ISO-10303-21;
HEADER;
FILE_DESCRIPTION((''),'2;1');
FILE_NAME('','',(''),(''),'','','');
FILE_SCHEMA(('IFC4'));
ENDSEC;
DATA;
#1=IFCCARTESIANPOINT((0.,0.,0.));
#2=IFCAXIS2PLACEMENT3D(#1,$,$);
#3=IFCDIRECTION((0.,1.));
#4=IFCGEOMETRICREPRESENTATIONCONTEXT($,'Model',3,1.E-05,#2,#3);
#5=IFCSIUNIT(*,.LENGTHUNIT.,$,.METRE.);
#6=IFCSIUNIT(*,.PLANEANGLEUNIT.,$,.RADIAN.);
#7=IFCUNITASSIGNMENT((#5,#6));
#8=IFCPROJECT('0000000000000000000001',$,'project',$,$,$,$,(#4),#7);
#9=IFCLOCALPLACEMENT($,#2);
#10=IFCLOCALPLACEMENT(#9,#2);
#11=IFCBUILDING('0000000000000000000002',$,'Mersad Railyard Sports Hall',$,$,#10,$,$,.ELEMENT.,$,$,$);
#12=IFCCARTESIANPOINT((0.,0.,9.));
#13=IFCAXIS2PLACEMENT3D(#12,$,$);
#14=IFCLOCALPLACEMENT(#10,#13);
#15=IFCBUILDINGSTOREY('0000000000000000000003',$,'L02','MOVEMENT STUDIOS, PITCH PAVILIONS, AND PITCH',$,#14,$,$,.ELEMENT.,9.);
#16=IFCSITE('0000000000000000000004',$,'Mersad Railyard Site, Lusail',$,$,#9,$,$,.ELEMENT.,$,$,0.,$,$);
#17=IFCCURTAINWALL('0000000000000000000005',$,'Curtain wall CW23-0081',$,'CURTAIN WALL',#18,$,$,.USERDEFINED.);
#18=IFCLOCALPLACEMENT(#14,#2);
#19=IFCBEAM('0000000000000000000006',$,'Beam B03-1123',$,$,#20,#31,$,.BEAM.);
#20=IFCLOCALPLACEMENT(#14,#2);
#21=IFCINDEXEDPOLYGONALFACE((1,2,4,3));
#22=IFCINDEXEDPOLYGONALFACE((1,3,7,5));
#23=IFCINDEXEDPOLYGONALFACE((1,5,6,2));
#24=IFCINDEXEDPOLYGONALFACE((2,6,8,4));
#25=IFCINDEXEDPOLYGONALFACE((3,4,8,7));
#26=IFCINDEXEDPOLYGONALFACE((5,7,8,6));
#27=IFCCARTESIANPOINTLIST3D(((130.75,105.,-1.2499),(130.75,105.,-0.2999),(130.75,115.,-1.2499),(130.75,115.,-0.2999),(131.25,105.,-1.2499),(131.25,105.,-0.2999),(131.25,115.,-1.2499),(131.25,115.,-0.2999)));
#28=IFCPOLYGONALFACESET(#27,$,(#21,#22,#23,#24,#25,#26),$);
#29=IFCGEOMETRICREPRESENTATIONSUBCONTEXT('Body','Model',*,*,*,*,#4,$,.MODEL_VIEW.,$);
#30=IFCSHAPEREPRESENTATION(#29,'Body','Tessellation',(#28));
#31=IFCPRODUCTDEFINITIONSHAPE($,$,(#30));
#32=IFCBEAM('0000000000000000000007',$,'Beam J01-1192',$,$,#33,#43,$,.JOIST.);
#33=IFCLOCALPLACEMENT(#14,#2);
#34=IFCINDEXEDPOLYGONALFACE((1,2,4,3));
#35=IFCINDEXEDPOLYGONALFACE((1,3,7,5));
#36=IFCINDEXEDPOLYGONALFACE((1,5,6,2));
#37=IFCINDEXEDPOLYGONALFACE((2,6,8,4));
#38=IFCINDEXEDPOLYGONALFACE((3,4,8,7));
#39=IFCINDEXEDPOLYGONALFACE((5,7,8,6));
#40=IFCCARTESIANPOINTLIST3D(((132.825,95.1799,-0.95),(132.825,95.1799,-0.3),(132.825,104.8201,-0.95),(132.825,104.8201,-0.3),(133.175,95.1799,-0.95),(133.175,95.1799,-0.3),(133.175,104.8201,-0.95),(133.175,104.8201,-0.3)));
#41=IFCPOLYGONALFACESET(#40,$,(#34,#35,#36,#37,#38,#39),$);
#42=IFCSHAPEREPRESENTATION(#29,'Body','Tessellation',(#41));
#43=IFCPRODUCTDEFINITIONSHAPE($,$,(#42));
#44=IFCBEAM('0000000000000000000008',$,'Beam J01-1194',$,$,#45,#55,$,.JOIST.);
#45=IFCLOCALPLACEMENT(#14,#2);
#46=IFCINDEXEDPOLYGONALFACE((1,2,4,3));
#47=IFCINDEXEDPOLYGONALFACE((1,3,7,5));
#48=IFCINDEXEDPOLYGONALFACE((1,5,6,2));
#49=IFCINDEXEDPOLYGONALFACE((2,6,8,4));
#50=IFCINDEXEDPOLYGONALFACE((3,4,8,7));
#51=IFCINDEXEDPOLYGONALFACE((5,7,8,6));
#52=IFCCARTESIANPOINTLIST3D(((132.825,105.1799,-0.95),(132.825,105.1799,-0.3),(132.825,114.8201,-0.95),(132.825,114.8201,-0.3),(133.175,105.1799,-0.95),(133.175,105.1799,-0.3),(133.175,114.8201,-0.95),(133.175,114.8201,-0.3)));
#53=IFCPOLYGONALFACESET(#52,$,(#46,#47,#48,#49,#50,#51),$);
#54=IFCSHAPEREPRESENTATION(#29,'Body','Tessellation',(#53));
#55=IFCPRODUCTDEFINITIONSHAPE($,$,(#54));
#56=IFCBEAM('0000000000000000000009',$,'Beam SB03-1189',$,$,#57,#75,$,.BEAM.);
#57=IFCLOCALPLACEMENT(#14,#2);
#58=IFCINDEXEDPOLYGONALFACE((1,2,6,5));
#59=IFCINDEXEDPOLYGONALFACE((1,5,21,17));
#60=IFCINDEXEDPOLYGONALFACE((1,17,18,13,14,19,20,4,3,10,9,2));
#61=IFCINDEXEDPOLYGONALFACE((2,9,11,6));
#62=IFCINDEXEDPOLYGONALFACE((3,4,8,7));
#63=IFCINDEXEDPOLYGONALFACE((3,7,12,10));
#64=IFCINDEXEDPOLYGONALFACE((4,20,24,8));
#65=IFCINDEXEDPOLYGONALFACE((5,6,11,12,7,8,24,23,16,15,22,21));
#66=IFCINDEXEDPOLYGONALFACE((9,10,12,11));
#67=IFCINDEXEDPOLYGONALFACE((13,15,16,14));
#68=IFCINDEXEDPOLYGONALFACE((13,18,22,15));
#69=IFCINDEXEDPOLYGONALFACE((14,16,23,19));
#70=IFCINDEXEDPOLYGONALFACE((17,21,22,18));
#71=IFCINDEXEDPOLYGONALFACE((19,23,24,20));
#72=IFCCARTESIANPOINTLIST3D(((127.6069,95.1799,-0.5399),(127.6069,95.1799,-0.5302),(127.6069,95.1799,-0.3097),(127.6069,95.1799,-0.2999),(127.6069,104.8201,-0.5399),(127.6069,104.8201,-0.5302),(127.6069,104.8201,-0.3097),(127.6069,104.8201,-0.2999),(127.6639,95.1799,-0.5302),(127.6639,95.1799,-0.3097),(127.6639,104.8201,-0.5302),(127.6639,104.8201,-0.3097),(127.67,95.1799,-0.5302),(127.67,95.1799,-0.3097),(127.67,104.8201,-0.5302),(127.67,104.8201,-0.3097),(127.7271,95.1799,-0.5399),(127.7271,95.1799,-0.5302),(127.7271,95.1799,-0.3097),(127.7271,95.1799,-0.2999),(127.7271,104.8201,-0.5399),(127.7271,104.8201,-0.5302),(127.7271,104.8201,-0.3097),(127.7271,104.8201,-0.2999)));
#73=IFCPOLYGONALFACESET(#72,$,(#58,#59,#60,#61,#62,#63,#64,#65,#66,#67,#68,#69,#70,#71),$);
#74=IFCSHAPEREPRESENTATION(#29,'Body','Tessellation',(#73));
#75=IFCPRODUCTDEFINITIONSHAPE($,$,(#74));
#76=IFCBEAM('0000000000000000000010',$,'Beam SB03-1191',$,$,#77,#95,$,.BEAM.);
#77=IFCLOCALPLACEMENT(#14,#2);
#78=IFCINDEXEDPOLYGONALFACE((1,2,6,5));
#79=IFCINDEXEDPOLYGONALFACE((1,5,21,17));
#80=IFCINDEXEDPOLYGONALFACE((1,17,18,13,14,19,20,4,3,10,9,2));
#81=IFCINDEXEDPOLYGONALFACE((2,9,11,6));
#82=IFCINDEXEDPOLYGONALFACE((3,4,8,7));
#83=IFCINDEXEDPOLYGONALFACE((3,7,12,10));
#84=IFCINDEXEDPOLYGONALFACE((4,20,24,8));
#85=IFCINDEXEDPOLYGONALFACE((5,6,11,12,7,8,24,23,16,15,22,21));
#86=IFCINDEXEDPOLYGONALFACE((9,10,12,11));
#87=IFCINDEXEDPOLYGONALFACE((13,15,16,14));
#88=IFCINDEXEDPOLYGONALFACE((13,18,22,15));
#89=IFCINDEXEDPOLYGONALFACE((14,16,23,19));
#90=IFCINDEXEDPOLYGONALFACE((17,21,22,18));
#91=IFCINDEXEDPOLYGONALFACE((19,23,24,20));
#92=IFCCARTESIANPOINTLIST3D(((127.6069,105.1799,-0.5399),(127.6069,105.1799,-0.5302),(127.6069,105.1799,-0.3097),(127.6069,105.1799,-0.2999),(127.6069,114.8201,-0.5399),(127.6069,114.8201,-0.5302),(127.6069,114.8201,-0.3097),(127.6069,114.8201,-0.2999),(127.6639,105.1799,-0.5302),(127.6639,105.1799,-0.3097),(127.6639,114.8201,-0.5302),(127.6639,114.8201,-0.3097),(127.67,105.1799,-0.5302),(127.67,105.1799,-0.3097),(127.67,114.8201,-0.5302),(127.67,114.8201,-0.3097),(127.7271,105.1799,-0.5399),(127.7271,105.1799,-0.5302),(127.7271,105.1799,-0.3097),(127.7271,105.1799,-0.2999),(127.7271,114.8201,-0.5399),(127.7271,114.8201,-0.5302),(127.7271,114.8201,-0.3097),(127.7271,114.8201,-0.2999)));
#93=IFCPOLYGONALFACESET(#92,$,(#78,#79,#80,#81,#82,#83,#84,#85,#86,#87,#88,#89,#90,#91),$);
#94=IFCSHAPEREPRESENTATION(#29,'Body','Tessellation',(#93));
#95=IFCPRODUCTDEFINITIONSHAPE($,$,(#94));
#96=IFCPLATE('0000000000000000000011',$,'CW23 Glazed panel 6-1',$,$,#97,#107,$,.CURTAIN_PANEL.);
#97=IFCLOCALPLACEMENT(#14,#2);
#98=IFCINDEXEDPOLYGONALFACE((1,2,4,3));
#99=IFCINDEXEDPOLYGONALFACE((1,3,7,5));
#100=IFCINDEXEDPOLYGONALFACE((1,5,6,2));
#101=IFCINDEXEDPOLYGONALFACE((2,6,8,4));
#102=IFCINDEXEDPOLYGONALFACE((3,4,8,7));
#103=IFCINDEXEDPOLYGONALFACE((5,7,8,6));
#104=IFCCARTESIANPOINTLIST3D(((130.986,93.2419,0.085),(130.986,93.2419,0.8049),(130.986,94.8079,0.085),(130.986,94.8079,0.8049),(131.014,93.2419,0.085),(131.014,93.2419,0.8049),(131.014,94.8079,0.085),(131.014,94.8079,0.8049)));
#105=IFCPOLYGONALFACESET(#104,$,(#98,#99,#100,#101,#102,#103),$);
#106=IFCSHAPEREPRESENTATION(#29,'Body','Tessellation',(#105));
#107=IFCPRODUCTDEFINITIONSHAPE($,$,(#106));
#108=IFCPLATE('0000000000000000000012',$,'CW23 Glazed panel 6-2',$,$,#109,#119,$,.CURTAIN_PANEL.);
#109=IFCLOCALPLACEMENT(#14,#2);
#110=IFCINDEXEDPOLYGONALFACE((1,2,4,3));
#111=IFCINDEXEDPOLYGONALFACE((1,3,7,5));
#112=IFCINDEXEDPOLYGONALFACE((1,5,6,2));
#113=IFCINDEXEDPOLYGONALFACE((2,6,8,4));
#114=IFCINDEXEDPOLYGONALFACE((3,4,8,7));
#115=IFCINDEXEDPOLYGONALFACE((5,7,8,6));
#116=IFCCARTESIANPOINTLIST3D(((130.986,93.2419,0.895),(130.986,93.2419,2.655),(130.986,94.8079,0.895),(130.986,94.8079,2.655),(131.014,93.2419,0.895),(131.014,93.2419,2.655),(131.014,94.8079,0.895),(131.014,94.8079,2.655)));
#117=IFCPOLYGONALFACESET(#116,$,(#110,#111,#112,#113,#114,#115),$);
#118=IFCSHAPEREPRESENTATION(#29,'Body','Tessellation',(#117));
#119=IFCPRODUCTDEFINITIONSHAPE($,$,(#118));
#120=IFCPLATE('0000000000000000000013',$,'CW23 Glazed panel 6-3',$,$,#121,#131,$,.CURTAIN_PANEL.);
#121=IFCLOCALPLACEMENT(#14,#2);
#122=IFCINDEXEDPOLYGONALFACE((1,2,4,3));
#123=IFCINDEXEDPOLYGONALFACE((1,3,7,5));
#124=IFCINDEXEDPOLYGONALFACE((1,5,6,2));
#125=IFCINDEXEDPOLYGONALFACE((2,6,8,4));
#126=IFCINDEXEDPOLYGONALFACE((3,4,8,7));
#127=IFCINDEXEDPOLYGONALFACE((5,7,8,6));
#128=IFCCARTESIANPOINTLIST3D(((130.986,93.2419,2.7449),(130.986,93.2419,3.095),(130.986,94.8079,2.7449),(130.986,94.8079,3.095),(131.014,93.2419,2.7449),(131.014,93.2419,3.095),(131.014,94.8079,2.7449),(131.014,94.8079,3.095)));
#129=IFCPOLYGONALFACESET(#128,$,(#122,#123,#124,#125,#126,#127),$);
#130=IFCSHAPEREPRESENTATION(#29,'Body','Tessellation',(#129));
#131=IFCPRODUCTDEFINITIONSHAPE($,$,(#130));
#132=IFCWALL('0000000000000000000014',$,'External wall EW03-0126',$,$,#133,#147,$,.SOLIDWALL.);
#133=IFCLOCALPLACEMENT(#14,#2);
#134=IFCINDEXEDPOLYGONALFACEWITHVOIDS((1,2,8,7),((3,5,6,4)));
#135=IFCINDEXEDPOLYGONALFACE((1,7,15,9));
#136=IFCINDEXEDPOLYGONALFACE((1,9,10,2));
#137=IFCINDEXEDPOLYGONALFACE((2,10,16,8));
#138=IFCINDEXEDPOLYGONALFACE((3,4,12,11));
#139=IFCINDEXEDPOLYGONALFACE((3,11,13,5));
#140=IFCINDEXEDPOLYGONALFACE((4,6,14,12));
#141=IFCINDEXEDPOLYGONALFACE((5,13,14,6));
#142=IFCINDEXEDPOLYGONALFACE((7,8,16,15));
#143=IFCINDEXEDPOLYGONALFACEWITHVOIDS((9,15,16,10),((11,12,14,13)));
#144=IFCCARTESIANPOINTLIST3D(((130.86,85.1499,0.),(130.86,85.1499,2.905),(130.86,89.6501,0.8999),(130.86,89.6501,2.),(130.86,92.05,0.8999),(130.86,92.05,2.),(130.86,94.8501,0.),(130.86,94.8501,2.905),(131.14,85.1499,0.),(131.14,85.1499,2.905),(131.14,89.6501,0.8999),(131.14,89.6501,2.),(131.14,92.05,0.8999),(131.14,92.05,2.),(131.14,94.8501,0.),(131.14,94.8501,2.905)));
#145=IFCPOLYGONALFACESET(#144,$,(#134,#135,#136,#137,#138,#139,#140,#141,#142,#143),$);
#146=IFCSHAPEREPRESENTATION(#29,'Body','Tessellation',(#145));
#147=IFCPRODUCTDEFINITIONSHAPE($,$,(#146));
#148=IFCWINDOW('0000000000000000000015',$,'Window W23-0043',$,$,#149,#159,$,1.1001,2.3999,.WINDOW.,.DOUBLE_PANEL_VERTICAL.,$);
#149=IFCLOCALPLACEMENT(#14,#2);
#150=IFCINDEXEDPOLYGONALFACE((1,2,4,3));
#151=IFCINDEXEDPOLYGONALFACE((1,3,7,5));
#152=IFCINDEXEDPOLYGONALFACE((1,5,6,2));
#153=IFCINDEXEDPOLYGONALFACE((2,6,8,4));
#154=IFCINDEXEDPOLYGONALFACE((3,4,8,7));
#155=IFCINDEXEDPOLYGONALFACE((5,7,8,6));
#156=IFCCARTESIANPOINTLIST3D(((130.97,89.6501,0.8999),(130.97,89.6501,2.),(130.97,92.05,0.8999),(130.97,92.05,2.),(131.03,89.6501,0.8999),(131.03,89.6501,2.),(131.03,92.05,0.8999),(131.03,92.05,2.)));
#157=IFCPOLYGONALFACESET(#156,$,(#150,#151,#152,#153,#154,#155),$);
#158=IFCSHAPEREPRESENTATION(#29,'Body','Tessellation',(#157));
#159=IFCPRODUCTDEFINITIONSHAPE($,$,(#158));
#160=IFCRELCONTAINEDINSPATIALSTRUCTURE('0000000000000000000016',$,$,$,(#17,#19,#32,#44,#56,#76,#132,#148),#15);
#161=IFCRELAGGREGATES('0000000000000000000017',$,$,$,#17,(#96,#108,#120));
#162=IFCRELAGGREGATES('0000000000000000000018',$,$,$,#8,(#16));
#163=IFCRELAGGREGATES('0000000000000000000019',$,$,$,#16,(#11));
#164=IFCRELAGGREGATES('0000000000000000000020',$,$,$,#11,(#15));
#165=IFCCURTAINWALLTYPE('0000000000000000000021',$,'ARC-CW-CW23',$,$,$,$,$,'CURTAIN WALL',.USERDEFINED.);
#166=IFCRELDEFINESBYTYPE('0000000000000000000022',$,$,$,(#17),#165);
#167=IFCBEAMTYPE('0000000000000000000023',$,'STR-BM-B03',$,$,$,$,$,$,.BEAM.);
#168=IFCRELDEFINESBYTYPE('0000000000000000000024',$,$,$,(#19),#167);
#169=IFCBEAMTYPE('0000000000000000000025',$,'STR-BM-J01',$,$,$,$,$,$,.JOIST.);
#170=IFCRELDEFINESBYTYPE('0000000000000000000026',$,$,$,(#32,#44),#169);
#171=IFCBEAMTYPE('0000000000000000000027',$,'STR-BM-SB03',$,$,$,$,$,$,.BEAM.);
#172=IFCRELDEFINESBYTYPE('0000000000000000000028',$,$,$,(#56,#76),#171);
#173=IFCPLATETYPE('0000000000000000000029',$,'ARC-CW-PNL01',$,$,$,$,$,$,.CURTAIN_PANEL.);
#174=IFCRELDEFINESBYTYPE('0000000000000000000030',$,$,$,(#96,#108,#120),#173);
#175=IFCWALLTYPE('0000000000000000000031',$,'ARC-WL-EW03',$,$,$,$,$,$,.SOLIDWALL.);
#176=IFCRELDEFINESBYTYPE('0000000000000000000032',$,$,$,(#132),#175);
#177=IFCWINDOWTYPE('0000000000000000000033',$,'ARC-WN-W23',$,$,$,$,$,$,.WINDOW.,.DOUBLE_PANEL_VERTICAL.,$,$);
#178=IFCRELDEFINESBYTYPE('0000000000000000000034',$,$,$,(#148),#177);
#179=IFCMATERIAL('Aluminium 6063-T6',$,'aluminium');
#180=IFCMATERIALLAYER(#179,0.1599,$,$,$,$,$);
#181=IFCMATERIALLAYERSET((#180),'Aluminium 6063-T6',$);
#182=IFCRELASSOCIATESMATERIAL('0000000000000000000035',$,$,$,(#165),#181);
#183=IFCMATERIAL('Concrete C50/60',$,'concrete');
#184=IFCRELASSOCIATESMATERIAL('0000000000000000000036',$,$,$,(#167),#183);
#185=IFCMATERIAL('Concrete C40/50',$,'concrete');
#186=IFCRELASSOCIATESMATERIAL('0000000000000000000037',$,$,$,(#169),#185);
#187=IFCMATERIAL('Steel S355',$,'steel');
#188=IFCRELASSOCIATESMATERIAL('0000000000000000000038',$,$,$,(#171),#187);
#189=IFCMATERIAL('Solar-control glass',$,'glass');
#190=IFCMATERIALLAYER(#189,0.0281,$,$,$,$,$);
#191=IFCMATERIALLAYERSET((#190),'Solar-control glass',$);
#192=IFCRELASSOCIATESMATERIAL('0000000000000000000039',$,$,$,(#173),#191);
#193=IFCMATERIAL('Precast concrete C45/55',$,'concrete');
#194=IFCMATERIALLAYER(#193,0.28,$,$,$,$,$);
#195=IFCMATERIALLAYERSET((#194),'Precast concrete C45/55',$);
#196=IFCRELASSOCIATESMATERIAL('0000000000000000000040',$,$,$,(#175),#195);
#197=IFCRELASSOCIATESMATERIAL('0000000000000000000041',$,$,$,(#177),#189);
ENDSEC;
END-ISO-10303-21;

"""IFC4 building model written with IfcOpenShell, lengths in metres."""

from ifc_helpers import new_model, si_unit, direction, frame, frame_2d, origin, origin_2d, place, context, subcontext, project, spatial, rectangle, i_section, extrude, material, layer, layer_set, material_profile, profile_set, type_object, element, fill, aggregate, save


model = new_model("IFC4")

# Units and contexts
model_context = context("Model", 3, precision=1e-05, world=origin(), true_north=direction((0.0, 1.0)))
body_context = subcontext(model_context, "Body", "Model", "MODEL_VIEW")
ifc_project = project(units=[si_unit("LENGTHUNIT", "METRE"), si_unit("PLANEANGLEUNIT", "RADIAN")], contexts=[model_context])

# Site, building, storey
site_placement = place(None, origin())
site = spatial("IfcSite", under=ifc_project, at=site_placement, Name="Mersad Railyard Site, Lusail", CompositionType="ELEMENT", RefElevation=0.0)
building_placement = place(site_placement, origin())
building = spatial("IfcBuilding", under=site, at=building_placement, Name="Mersad Railyard Sports Hall", CompositionType="ELEMENT")
storey_placement = place(building_placement, frame((0.0, 0.0, 9.0)))
storey = spatial("IfcBuildingStorey", under=building, at=storey_placement, Name="L02", Description="MOVEMENT STUDIOS, PITCH PAVILIONS, AND PITCH", CompositionType="ELEMENT", Elevation=9.0)

# Shared definitions
ifc_material_1 = material(Name="Concrete C50/60", Category="concrete")
ifc_material_2 = material(Name="Steel S355", Category="steel")

# Curtain wall
ifc_material_3 = material(Name="Aluminium 6063-T6", Category="aluminium")
ifc_layer_1 = layer(ifc_material_3, 0.1599)
ifc_layer_set_1 = layer_set([ifc_layer_1], Name="Aluminium 6063-T6")
curtain_wall_type = type_object("IfcCurtainWallType", Name="ARC-CW-CW23", ElementType="CURTAIN WALL", PredefinedType="USERDEFINED", material=ifc_layer_set_1)
curtain_wall_placement = place(storey_placement, origin())
curtain_wall = element("IfcCurtainWall", 1, at=curtain_wall_placement, inside=storey, type_object=curtain_wall_type, Name="Curtain wall CW23-0081", ObjectType="CURTAIN WALL", PredefinedType="USERDEFINED")

# Beams
ifc_material_4 = material(Name="Concrete C40/50", Category="concrete")
ifc_material_profile_1 = material_profile(ifc_material_1, rectangle(XDim=0.5, YDim=0.95, at=origin_2d()), Name="RC 500x950")
ifc_profile_set_1 = profile_set([ifc_material_profile_1], Name="Concrete C50/60")
beam_type_1 = type_object("IfcBeamType", Name="STR-BM-B03", PredefinedType="BEAM", material=ifc_profile_set_1)
for number, where, z_axis, x_axis, name in (
    (2, (131.0, 105.0, -0.7749), (0.0, 1.0, 0.0), (-1.0, 0.0, 0.0), "Beam B03-1123"),
):
    element("IfcBeam", number, at=place(storey_placement, frame(where, z_axis=z_axis, x_axis=x_axis)), inside=storey, type_object=beam_type_1, Name=name, PredefinedType="BEAM", context=body_context, shape_type="SweptSolid", body=[
        extrude(rectangle(XDim=0.5, YDim=0.95, at=origin_2d()), origin(), (0.0, 0.0, 1.0), 10.0),
    ])
ifc_material_profile_2 = material_profile(ifc_material_4, rectangle(XDim=0.3501, YDim=0.6499, at=origin_2d()), Name="RC 350x650")
ifc_profile_set_2 = profile_set([ifc_material_profile_2], Name="Concrete C40/50")
beam_type_2 = type_object("IfcBeamType", Name="STR-BM-J01", PredefinedType="JOIST", material=ifc_profile_set_2)
for number, where, z_axis, x_axis, name in (
    (3, (133.0, 95.1799, -0.625), (0.0, 1.0, 0.0), (-1.0, 0.0, 0.0), "Beam J01-1192"),
    (4, (133.0, 105.1799, -0.625), (0.0, 1.0, 0.0), (-1.0, 0.0, 0.0), "Beam J01-1194"),
):
    element("IfcBeam", number, at=place(storey_placement, frame(where, z_axis=z_axis, x_axis=x_axis)), inside=storey, type_object=beam_type_2, Name=name, PredefinedType="JOIST", context=body_context, shape_type="SweptSolid", body=[
        extrude(rectangle(XDim=0.3501, YDim=0.6499, at=origin_2d()), origin(), (0.0, 0.0, 1.0), 9.6401),
    ])
ifc_material_profile_3 = material_profile(ifc_material_2, i_section(OverallWidth=0.1201, OverallDepth=0.24, WebThickness=0.0061, FlangeThickness=0.0098, at=origin_2d()), Name="IPE 240")
ifc_profile_set_3 = profile_set([ifc_material_profile_3], Name="Steel S355")
beam_type_3 = type_object("IfcBeamType", Name="STR-BM-SB03", PredefinedType="BEAM", material=ifc_profile_set_3)
for number, where, z_axis, x_axis, name in (
    (5, (127.667, 95.1799, -0.4199), (0.0, 1.0, 0.0), (-1.0, 0.0, 0.0), "Beam SB03-1189"),
    (6, (127.667, 105.1799, -0.4199), (0.0, 1.0, 0.0), (-1.0, 0.0, 0.0), "Beam SB03-1191"),
):
    element("IfcBeam", number, at=place(storey_placement, frame(where, z_axis=z_axis, x_axis=x_axis)), inside=storey, type_object=beam_type_3, Name=name, PredefinedType="BEAM", context=body_context, shape_type="SweptSolid", body=[
        extrude(i_section(OverallWidth=0.1201, OverallDepth=0.24, WebThickness=0.0061, FlangeThickness=0.0098, at=origin_2d()), origin(), (0.0, 0.0, 1.0), 9.6401),
    ])

# Plates
ifc_material_5 = material(Name="Solar-control glass", Category="glass")
ifc_layer_2 = layer(ifc_material_5, 0.0281)
ifc_layer_set_2 = layer_set([ifc_layer_2], Name="Solar-control glass")
plate_type = type_object("IfcPlateType", Name="ARC-CW-PNL01", PredefinedType="CURTAIN_PANEL", material=ifc_layer_set_2)
plate_1_placement = place(storey_placement, frame((131.0, 94.0249, 0.085), z_axis=(0.0, 0.0, 1.0), x_axis=(0.0, 1.0, 0.0)))
plate_1 = element("IfcPlate", 7, at=plate_1_placement, type_object=plate_type, Name="CW23 Glazed panel 6-1", PredefinedType="CURTAIN_PANEL", context=body_context, shape_type="SweptSolid", body=[
    extrude(rectangle(XDim=1.5659, YDim=0.0281, at=origin_2d()), origin(), (0.0, 0.0, 1.0), 0.72),
])
plate_2_placement = place(storey_placement, frame((131.0, 94.0249, 0.895), z_axis=(0.0, 0.0, 1.0), x_axis=(0.0, 1.0, 0.0)))
plate_2 = element("IfcPlate", 8, at=plate_2_placement, type_object=plate_type, Name="CW23 Glazed panel 6-2", PredefinedType="CURTAIN_PANEL", context=body_context, shape_type="SweptSolid", body=[
    extrude(rectangle(XDim=1.5659, YDim=0.0281, at=origin_2d()), origin(), (0.0, 0.0, 1.0), 1.76),
])
plate_3_placement = place(storey_placement, frame((131.0, 94.0249, 2.7449), z_axis=(0.0, 0.0, 1.0), x_axis=(0.0, 1.0, 0.0)))
plate_3 = element("IfcPlate", 9, at=plate_3_placement, type_object=plate_type, Name="CW23 Glazed panel 6-3", PredefinedType="CURTAIN_PANEL", context=body_context, shape_type="SweptSolid", body=[
    extrude(rectangle(XDim=1.5659, YDim=0.0281, at=origin_2d()), origin(), (0.0, 0.0, 1.0), 0.3501),
])
aggregate(curtain_wall, [plate_1, plate_2, plate_3])

# Wall, opening, window
ifc_material_6 = material(Name="Precast concrete C45/55", Category="concrete")
ifc_layer_3 = layer(ifc_material_6, 0.28)
ifc_layer_set_3 = layer_set([ifc_layer_3], Name="Precast concrete C45/55")
wall_type = type_object("IfcWallType", Name="ARC-WL-EW03", PredefinedType="SOLIDWALL", material=ifc_layer_set_3)
wall_1_placement = place(storey_placement, frame((131.0, 94.8501, 0.0), z_axis=(0.0, 0.0, 1.0), x_axis=(0.0, -1.0, 0.0)))
wall_1 = element("IfcWall", 10, at=wall_1_placement, inside=storey, type_object=wall_type, Name="External wall EW03-0126", PredefinedType="SOLIDWALL", context=body_context, shape_type="SweptSolid", body=[
    extrude(rectangle(XDim=9.7002, YDim=0.28, at=frame_2d((4.8501, 0.0))), origin(), (0.0, 0.0, 1.0), 2.905),
])
opening_1_placement = place(wall_1_placement, frame((2.8, 0.0, 0.8999)))
opening_1 = element("IfcOpeningElement", 11, at=opening_1_placement, cuts=wall_1, PredefinedType="OPENING", context=body_context, shape_type="SweptSolid", body=[
    extrude(rectangle(XDim=2.3999, YDim=1.1001, at=frame_2d((1.2, 0.55))), frame((0.0, 0.1499, 0.0), z_axis=(0.0, -1.0, 0.0), x_axis=(1.0, 0.0, 0.0)), (0.0, 0.0, 1.0), 0.3),
])
window_type = type_object("IfcWindowType", Name="ARC-WN-W23", PartitioningType="DOUBLE_PANEL_VERTICAL", PredefinedType="WINDOW", material=ifc_material_5)
window_placement = place(opening_1_placement, origin())
window = element("IfcWindow", 12, at=window_placement, inside=storey, type_object=window_type, Name="Window W23-0043", OverallHeight=1.1001, OverallWidth=2.3999, PartitioningType="DOUBLE_PANEL_VERTICAL", PredefinedType="WINDOW", context=body_context, shape_type="SweptSolid", body=[
    extrude(rectangle(XDim=2.3999, YDim=1.1001, at=frame_2d((1.2, 0.55))), frame((0.0, 0.03, 0.0), z_axis=(0.0, -1.0, 0.0), x_axis=(1.0, 0.0, 0.0)), (0.0, 0.0, 1.0), 0.0601),
])
fill(opening_1, window)

save(model, "model.ifc")
